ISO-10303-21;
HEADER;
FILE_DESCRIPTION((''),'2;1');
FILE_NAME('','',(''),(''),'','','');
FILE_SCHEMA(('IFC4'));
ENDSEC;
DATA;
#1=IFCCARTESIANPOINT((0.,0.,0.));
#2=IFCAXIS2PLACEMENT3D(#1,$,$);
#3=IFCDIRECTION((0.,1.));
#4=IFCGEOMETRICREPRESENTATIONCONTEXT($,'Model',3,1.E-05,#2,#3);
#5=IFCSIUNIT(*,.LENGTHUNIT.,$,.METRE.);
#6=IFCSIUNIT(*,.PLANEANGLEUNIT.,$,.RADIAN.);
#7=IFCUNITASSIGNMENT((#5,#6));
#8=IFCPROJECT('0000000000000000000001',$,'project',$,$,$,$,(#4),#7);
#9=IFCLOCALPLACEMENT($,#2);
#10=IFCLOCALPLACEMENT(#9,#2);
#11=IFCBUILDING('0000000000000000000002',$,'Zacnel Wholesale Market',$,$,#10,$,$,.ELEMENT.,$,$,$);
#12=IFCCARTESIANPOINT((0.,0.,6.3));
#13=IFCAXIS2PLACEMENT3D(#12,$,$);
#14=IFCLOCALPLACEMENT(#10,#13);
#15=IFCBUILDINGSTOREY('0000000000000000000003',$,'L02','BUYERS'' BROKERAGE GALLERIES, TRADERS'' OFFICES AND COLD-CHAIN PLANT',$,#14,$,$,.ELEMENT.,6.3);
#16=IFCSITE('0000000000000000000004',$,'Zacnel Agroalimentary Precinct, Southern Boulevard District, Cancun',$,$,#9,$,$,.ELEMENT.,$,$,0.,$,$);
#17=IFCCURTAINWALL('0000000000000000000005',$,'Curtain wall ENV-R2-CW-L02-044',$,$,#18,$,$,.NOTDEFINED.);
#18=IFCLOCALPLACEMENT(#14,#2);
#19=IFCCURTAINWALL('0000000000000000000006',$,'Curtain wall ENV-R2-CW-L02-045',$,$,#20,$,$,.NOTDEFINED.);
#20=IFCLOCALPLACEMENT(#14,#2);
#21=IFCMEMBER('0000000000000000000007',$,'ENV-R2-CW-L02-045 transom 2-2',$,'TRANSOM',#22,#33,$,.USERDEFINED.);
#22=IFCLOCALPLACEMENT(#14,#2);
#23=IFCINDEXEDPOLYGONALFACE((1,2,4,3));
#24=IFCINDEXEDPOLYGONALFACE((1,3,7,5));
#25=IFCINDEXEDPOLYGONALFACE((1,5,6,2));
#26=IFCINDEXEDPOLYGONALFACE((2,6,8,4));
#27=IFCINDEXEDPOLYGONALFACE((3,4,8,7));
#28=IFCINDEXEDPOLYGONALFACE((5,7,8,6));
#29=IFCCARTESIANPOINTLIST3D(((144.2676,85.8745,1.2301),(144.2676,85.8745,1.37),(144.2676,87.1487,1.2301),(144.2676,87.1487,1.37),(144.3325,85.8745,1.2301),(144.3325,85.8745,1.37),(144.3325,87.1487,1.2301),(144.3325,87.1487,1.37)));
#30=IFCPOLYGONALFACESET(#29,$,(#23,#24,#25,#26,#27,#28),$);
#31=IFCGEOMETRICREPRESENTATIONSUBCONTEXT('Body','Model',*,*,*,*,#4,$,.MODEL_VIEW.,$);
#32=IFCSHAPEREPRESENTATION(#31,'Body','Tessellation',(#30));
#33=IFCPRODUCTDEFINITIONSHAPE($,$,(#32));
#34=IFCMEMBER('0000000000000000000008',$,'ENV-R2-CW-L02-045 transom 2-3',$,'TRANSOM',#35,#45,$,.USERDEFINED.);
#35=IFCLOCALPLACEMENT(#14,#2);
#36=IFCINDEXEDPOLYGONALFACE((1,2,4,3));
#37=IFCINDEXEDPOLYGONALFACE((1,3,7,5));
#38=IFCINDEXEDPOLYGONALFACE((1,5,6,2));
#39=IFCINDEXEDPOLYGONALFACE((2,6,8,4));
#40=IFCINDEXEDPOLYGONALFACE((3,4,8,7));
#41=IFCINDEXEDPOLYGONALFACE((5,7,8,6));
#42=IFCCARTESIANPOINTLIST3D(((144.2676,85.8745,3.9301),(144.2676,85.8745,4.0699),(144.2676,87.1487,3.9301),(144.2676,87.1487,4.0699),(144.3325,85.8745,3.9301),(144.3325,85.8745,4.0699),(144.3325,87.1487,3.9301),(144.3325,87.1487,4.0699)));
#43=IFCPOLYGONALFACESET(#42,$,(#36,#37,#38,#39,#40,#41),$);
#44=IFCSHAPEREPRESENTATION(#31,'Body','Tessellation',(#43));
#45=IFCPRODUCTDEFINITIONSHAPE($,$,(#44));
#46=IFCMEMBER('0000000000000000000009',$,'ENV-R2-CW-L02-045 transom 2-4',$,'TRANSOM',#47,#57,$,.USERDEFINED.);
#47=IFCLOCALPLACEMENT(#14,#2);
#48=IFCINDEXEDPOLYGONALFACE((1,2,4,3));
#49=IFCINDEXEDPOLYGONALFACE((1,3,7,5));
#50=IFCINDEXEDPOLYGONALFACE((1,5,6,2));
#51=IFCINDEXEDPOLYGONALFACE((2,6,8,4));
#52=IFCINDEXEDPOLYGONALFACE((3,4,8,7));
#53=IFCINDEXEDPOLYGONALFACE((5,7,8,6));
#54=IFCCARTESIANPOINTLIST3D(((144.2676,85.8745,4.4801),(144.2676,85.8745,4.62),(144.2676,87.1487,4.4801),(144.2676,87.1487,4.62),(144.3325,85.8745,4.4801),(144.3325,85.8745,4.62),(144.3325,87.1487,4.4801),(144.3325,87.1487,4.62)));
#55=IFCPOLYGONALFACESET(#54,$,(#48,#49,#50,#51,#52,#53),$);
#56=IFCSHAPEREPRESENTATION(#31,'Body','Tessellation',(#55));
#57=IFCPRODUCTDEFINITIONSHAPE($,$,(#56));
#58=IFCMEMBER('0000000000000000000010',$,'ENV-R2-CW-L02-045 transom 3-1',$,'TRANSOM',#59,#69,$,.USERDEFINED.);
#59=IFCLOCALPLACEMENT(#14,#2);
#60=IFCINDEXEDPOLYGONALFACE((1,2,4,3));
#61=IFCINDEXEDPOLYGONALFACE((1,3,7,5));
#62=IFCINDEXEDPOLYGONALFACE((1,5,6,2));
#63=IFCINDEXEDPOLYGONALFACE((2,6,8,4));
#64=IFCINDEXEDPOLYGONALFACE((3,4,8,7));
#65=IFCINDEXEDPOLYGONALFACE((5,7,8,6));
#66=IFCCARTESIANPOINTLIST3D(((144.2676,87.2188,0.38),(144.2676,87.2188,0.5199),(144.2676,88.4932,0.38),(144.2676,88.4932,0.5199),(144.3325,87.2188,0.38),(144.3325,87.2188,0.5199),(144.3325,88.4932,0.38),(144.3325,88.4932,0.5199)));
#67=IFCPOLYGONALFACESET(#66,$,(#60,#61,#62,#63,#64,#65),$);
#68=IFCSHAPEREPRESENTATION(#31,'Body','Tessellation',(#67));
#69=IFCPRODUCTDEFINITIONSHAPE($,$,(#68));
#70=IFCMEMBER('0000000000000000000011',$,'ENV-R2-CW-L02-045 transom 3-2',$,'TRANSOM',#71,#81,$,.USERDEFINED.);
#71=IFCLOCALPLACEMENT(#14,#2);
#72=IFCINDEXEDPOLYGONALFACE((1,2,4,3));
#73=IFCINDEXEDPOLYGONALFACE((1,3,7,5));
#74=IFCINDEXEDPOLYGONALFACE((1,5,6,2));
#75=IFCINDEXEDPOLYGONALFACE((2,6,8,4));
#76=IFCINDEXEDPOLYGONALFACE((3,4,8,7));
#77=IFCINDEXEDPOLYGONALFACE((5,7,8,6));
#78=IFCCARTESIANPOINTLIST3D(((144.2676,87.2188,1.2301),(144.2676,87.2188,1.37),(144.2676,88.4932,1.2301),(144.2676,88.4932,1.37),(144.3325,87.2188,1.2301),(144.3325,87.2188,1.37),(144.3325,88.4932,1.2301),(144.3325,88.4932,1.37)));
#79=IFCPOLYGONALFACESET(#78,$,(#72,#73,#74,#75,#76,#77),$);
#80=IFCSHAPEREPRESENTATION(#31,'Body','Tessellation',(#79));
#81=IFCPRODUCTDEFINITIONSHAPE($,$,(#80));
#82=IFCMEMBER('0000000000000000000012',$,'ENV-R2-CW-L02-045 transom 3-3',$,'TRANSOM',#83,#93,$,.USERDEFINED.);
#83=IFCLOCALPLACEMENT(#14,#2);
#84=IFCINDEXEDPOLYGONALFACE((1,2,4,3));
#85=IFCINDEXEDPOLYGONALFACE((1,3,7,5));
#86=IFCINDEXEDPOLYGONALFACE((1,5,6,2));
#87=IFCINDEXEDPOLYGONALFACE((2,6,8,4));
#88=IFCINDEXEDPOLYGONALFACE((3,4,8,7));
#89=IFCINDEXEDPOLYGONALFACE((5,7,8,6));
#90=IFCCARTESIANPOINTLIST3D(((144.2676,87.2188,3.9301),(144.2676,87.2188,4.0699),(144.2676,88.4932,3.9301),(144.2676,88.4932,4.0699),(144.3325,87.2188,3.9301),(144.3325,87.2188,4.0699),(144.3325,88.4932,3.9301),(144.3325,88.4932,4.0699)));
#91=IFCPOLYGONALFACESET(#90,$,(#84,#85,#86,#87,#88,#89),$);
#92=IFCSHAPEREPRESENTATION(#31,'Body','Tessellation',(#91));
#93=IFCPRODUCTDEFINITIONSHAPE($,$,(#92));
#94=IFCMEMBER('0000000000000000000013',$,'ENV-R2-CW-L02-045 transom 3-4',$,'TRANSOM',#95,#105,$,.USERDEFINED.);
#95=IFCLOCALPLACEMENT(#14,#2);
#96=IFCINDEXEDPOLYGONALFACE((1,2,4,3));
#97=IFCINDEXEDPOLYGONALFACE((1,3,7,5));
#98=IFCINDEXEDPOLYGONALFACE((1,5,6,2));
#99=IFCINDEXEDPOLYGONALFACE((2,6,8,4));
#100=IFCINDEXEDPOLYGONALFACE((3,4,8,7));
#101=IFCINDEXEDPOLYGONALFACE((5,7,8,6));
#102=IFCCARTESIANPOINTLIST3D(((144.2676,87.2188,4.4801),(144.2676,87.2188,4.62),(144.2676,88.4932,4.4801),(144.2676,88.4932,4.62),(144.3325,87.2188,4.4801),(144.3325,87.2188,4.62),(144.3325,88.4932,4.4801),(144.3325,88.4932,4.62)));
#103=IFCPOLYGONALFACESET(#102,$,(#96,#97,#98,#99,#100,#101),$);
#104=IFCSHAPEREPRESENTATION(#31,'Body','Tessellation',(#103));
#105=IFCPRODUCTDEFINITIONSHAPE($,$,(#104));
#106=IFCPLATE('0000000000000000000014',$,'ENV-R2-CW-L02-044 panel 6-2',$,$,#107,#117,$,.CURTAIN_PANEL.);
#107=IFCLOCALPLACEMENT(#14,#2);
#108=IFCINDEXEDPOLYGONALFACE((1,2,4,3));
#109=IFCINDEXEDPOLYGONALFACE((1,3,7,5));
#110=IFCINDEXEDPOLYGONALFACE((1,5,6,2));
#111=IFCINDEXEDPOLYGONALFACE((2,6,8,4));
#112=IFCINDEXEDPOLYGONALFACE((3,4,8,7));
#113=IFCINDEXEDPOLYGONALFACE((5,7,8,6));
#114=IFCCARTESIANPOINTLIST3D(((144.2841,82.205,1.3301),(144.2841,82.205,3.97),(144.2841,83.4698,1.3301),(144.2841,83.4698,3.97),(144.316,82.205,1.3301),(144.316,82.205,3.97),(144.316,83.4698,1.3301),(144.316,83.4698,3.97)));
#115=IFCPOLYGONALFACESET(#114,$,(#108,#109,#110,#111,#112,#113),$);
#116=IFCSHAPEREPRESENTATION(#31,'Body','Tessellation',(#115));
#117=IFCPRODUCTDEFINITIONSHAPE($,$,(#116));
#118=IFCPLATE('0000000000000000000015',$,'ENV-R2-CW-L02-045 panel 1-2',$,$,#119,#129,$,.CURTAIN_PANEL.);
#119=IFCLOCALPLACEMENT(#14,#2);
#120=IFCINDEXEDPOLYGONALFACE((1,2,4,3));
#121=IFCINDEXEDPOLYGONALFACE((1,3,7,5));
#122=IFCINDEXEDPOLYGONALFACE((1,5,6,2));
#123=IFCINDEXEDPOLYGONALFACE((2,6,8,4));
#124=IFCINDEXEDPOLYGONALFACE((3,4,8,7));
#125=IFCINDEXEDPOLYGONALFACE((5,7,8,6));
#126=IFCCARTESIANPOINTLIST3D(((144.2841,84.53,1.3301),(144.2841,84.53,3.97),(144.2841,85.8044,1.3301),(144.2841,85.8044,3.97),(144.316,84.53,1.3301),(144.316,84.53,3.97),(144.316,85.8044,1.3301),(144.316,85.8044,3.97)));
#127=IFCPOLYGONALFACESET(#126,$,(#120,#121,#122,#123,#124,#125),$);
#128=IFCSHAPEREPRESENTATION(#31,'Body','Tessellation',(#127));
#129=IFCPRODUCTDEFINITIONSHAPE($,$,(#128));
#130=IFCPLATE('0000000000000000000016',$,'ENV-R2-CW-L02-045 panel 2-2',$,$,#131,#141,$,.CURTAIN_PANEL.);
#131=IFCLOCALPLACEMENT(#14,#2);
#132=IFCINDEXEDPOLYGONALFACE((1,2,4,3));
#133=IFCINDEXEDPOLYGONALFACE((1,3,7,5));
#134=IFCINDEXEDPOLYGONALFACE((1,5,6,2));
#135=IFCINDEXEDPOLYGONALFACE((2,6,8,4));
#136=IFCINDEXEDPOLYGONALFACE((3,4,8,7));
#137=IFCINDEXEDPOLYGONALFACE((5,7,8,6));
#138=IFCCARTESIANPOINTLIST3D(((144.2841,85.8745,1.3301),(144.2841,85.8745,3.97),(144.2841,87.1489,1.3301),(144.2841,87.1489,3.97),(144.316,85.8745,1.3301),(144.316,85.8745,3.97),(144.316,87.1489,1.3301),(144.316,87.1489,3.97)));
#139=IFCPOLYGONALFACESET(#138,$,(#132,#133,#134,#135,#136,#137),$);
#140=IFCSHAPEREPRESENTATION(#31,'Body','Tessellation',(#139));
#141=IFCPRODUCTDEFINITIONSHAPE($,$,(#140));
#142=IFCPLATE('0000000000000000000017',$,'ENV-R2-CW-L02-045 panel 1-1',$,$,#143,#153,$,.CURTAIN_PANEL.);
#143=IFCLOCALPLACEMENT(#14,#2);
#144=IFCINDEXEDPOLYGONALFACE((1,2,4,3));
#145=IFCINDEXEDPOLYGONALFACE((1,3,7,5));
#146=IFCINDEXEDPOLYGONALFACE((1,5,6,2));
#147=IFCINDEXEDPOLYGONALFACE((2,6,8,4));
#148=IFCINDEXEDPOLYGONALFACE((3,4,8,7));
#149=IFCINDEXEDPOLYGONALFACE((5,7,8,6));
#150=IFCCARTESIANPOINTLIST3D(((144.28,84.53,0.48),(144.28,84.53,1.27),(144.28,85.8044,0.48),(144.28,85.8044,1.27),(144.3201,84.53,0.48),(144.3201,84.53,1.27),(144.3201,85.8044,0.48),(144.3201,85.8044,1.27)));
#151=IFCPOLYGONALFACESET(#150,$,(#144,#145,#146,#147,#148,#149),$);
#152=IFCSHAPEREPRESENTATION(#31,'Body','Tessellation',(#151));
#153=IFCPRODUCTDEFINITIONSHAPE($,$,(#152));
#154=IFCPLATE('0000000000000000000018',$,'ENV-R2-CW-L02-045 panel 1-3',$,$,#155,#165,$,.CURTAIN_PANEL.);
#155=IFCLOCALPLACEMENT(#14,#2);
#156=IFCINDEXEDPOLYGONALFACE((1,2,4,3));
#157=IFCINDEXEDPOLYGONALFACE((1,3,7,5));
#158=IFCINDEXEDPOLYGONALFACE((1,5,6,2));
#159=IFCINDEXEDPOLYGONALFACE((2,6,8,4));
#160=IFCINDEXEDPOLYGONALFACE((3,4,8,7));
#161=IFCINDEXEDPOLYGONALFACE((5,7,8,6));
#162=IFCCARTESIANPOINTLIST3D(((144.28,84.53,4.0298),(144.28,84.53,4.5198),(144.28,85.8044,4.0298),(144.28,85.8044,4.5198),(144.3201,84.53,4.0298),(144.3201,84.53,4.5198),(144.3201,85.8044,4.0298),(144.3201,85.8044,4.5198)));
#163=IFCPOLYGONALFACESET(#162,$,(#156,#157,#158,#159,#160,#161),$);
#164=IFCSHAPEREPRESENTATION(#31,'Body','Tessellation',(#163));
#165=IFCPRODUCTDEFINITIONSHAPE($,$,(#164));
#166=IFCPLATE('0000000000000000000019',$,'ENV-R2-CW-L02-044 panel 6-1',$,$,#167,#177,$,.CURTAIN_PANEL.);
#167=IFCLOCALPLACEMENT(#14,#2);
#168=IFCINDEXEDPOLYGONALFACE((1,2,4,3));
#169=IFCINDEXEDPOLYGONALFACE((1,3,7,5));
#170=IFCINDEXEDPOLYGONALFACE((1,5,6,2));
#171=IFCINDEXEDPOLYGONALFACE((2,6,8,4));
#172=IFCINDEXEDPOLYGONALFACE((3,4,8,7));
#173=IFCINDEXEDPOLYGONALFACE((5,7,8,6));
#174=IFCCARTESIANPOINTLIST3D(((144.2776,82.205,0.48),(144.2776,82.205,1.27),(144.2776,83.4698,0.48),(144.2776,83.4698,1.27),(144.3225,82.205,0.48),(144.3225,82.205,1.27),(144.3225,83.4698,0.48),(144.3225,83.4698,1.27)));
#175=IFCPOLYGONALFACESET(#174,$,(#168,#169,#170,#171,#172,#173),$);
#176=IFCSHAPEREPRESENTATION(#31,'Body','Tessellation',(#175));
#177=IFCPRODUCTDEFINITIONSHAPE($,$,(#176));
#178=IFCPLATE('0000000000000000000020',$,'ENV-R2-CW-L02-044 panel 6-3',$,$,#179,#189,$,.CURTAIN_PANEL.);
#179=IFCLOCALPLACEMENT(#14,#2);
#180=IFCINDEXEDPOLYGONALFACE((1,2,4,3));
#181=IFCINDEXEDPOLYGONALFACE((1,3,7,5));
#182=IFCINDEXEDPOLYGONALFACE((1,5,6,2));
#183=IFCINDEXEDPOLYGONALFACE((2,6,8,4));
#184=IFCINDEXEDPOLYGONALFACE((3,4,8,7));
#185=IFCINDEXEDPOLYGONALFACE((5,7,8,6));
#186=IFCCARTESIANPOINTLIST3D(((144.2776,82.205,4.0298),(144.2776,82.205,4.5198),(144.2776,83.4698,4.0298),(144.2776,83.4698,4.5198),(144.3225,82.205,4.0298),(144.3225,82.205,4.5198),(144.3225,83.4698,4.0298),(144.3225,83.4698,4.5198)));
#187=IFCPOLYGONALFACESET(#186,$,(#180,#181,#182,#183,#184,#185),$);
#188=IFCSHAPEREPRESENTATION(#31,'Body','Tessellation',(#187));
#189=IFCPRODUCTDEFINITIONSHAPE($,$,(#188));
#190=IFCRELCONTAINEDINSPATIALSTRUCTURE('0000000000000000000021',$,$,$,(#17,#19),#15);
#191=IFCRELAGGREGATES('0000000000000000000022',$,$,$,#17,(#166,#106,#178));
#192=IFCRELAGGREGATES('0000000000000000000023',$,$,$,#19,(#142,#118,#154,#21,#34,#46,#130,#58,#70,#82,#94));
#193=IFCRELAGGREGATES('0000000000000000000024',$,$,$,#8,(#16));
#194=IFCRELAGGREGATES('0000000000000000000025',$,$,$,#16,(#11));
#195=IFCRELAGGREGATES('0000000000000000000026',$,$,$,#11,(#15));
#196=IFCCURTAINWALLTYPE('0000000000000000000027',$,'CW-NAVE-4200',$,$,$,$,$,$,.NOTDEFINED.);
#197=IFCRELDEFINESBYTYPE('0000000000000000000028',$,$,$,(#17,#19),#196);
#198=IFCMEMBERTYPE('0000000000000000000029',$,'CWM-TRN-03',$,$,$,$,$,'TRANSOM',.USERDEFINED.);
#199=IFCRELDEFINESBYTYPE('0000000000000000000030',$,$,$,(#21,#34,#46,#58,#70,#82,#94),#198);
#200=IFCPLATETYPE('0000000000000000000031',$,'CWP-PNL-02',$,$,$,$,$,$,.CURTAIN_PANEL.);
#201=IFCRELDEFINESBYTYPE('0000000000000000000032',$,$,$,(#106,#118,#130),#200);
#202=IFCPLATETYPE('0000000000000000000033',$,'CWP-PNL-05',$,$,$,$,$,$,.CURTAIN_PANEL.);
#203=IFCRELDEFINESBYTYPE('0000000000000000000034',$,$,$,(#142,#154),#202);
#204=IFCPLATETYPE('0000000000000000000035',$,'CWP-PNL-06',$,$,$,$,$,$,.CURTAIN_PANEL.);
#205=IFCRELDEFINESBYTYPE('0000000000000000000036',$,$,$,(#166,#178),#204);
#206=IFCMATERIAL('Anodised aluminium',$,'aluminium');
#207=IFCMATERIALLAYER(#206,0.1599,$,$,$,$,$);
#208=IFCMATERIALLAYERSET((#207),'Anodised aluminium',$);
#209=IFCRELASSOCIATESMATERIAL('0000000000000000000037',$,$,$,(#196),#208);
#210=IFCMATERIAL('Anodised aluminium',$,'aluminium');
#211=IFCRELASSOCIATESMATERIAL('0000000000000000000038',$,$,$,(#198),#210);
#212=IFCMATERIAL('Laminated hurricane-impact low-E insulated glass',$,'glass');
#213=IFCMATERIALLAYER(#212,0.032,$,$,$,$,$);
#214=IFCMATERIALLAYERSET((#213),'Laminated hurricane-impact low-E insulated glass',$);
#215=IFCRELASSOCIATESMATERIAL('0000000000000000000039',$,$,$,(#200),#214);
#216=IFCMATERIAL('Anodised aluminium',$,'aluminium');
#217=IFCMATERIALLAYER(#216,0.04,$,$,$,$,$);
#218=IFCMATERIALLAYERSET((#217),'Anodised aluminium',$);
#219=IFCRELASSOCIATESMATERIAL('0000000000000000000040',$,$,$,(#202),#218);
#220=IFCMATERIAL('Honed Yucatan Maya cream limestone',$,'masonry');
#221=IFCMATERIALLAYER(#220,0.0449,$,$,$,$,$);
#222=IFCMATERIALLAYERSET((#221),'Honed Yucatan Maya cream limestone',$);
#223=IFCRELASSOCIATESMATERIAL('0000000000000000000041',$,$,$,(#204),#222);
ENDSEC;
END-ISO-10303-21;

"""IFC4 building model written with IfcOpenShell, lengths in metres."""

from ifc_helpers import new_model, si_unit, direction, frame, origin, origin_2d, place, context, subcontext, project, spatial, rectangle, extrude, material, layer, layer_set, material_profile, profile_set, type_object, element, aggregate, save


model = new_model("IFC4")

# Units and contexts
model_context = context("Model", 3, precision=1e-05, world=origin(), true_north=direction((0.0, 1.0)))
body_context = subcontext(model_context, "Body", "Model", "MODEL_VIEW")
ifc_project = project(units=[si_unit("LENGTHUNIT", "METRE"), si_unit("PLANEANGLEUNIT", "RADIAN")], contexts=[model_context])

# Site, building, storey
site_placement = place(None, origin())
site = spatial("IfcSite", under=ifc_project, at=site_placement, Name="Zacnel Agroalimentary Precinct, Southern Boulevard District, Cancun", CompositionType="ELEMENT", RefElevation=0.0)
building_placement = place(site_placement, origin())
building = spatial("IfcBuilding", under=site, at=building_placement, Name="Zacnel Wholesale Market", CompositionType="ELEMENT")
storey_placement = place(building_placement, frame((0.0, 0.0, 6.3)))
storey = spatial("IfcBuildingStorey", under=building, at=storey_placement, Name="L02", Description="BUYERS' BROKERAGE GALLERIES, TRADERS' OFFICES AND COLD-CHAIN PLANT", CompositionType="ELEMENT", Elevation=6.3)

# Curtain wall
ifc_material_1 = material(Name="Anodised aluminium", Category="aluminium")
ifc_layer_1 = layer(ifc_material_1, 0.1599)
ifc_layer_set_1 = layer_set([ifc_layer_1], Name="Anodised aluminium")
curtain_wall_type = type_object("IfcCurtainWallType", Name="CW-NAVE-4200", PredefinedType="NOTDEFINED", material=ifc_layer_set_1)
curtain_wall_1_placement = place(storey_placement, origin())
curtain_wall_1 = element("IfcCurtainWall", 1, at=curtain_wall_1_placement, inside=storey, type_object=curtain_wall_type, Name="Curtain wall ENV-R2-CW-L02-044", PredefinedType="NOTDEFINED")

# Curtain wall
curtain_wall_2_placement = place(storey_placement, origin())
curtain_wall_2 = element("IfcCurtainWall", 2, at=curtain_wall_2_placement, inside=storey, type_object=curtain_wall_type, Name="Curtain wall ENV-R2-CW-L02-045", PredefinedType="NOTDEFINED")

# Members
ifc_material_2 = material(Name="Anodised aluminium", Category="aluminium")
ifc_material_profile_1 = material_profile(ifc_material_2, rectangle(XDim=0.0649, YDim=0.1399, at=origin_2d()), Name="AW-TRANSOM 65x140")
ifc_profile_set_1 = profile_set([ifc_material_profile_1], Name="Anodised aluminium")
member_type_1 = type_object("IfcMemberType", Name="CWM-TRN-03", ElementType="TRANSOM", PredefinedType="USERDEFINED", material=ifc_profile_set_1)
member_1_placement = place(storey_placement, frame((144.3, 85.8745, 1.3), z_axis=(0.0, 1.0, 0.0), x_axis=(-1.0, 0.0, 0.0)))
member_1 = element("IfcMember", 3, at=member_1_placement, type_object=member_type_1, Name="ENV-R2-CW-L02-045 transom 2-2", ObjectType="TRANSOM", PredefinedType="USERDEFINED", context=body_context, shape_type="SweptSolid", body=[
    extrude(rectangle(XDim=0.0649, YDim=0.1399, at=origin_2d()), origin(), (0.0, 0.0, 1.0), 1.2742),
])
member_2_placement = place(storey_placement, frame((144.3, 85.8745, 4.0), z_axis=(0.0, 1.0, 0.0), x_axis=(-1.0, 0.0, 0.0)))
member_2 = element("IfcMember", 4, at=member_2_placement, type_object=member_type_1, Name="ENV-R2-CW-L02-045 transom 2-3", ObjectType="TRANSOM", PredefinedType="USERDEFINED", context=body_context, shape_type="SweptSolid", body=[
    extrude(rectangle(XDim=0.0649, YDim=0.1399, at=origin_2d()), origin(), (0.0, 0.0, 1.0), 1.2742),
])
member_3_placement = place(storey_placement, frame((144.3, 85.8745, 4.55), z_axis=(0.0, 1.0, 0.0), x_axis=(-1.0, 0.0, 0.0)))
member_3 = element("IfcMember", 5, at=member_3_placement, type_object=member_type_1, Name="ENV-R2-CW-L02-045 transom 2-4", ObjectType="TRANSOM", PredefinedType="USERDEFINED", context=body_context, shape_type="SweptSolid", body=[
    extrude(rectangle(XDim=0.0649, YDim=0.1399, at=origin_2d()), origin(), (0.0, 0.0, 1.0), 1.2742),
])
member_4_placement = place(storey_placement, frame((144.3, 87.2188, 0.45), z_axis=(0.0, 1.0, 0.0), x_axis=(-1.0, 0.0, 0.0)))
member_4 = element("IfcMember", 6, at=member_4_placement, type_object=member_type_1, Name="ENV-R2-CW-L02-045 transom 3-1", ObjectType="TRANSOM", PredefinedType="USERDEFINED", context=body_context, shape_type="SweptSolid", body=[
    extrude(rectangle(XDim=0.0649, YDim=0.1399, at=origin_2d()), origin(), (0.0, 0.0, 1.0), 1.2744),
])
member_5_placement = place(storey_placement, frame((144.3, 87.2188, 1.3), z_axis=(0.0, 1.0, 0.0), x_axis=(-1.0, 0.0, 0.0)))
member_5 = element("IfcMember", 7, at=member_5_placement, type_object=member_type_1, Name="ENV-R2-CW-L02-045 transom 3-2", ObjectType="TRANSOM", PredefinedType="USERDEFINED", context=body_context, shape_type="SweptSolid", body=[
    extrude(rectangle(XDim=0.0649, YDim=0.1399, at=origin_2d()), origin(), (0.0, 0.0, 1.0), 1.2744),
])
member_6_placement = place(storey_placement, frame((144.3, 87.2188, 4.0), z_axis=(0.0, 1.0, 0.0), x_axis=(-1.0, 0.0, 0.0)))
member_6 = element("IfcMember", 8, at=member_6_placement, type_object=member_type_1, Name="ENV-R2-CW-L02-045 transom 3-3", ObjectType="TRANSOM", PredefinedType="USERDEFINED", context=body_context, shape_type="SweptSolid", body=[
    extrude(rectangle(XDim=0.0649, YDim=0.1399, at=origin_2d()), origin(), (0.0, 0.0, 1.0), 1.2744),
])
member_7_placement = place(storey_placement, frame((144.3, 87.2188, 4.55), z_axis=(0.0, 1.0, 0.0), x_axis=(-1.0, 0.0, 0.0)))
member_7 = element("IfcMember", 9, at=member_7_placement, type_object=member_type_1, Name="ENV-R2-CW-L02-045 transom 3-4", ObjectType="TRANSOM", PredefinedType="USERDEFINED", context=body_context, shape_type="SweptSolid", body=[
    extrude(rectangle(XDim=0.0649, YDim=0.1399, at=origin_2d()), origin(), (0.0, 0.0, 1.0), 1.2744),
])

# Plates
ifc_material_3 = material(Name="Laminated hurricane-impact low-E insulated glass", Category="glass")
ifc_layer_2 = layer(ifc_material_3, 0.032)
ifc_layer_set_2 = layer_set([ifc_layer_2], Name="Laminated hurricane-impact low-E insulated glass")
plate_type_1 = type_object("IfcPlateType", Name="CWP-PNL-02", PredefinedType="CURTAIN_PANEL", material=ifc_layer_set_2)
plate_1_placement = place(storey_placement, frame((144.3, 82.8374, 1.3301), z_axis=(0.0, 0.0, 1.0), x_axis=(0.0, 1.0, 0.0)))
plate_1 = element("IfcPlate", 10, at=plate_1_placement, type_object=plate_type_1, Name="ENV-R2-CW-L02-044 panel 6-2", PredefinedType="CURTAIN_PANEL", context=body_context, shape_type="SweptSolid", body=[
    extrude(rectangle(XDim=1.2649, YDim=0.032, at=origin_2d()), origin(), (0.0, 0.0, 1.0), 2.6399),
])
plate_2_placement = place(storey_placement, frame((144.3, 85.1672, 1.3301), z_axis=(0.0, 0.0, 1.0), x_axis=(0.0, 1.0, 0.0)))
plate_2 = element("IfcPlate", 11, at=plate_2_placement, type_object=plate_type_1, Name="ENV-R2-CW-L02-045 panel 1-2", PredefinedType="CURTAIN_PANEL", context=body_context, shape_type="SweptSolid", body=[
    extrude(rectangle(XDim=1.2744, YDim=0.032, at=origin_2d()), origin(), (0.0, 0.0, 1.0), 2.6399),
])
plate_3_placement = place(storey_placement, frame((144.3, 86.5117, 1.3301), z_axis=(0.0, 0.0, 1.0), x_axis=(0.0, 1.0, 0.0)))
plate_3 = element("IfcPlate", 12, at=plate_3_placement, type_object=plate_type_1, Name="ENV-R2-CW-L02-045 panel 2-2", PredefinedType="CURTAIN_PANEL", context=body_context, shape_type="SweptSolid", body=[
    extrude(rectangle(XDim=1.2744, YDim=0.032, at=origin_2d()), origin(), (0.0, 0.0, 1.0), 2.6399),
])
ifc_material_4 = material(Name="Anodised aluminium", Category="aluminium")
ifc_layer_3 = layer(ifc_material_4, 0.04)
ifc_layer_set_3 = layer_set([ifc_layer_3], Name="Anodised aluminium")
plate_type_2 = type_object("IfcPlateType", Name="CWP-PNL-05", PredefinedType="CURTAIN_PANEL", material=ifc_layer_set_3)
plate_4_placement = place(storey_placement, frame((144.3, 85.1672, 0.48), z_axis=(0.0, 0.0, 1.0), x_axis=(0.0, 1.0, 0.0)))
plate_4 = element("IfcPlate", 13, at=plate_4_placement, type_object=plate_type_2, Name="ENV-R2-CW-L02-045 panel 1-1", PredefinedType="CURTAIN_PANEL", context=body_context, shape_type="SweptSolid", body=[
    extrude(rectangle(XDim=1.2744, YDim=0.04, at=origin_2d()), origin(), (0.0, 0.0, 1.0), 0.79),
])
plate_5_placement = place(storey_placement, frame((144.3, 85.1672, 4.0298), z_axis=(0.0, 0.0, 1.0), x_axis=(0.0, 1.0, 0.0)))
plate_5 = element("IfcPlate", 14, at=plate_5_placement, type_object=plate_type_2, Name="ENV-R2-CW-L02-045 panel 1-3", PredefinedType="CURTAIN_PANEL", context=body_context, shape_type="SweptSolid", body=[
    extrude(rectangle(XDim=1.2744, YDim=0.04, at=origin_2d()), origin(), (0.0, 0.0, 1.0), 0.49),
])
ifc_material_5 = material(Name="Honed Yucatan Maya cream limestone", Category="masonry")
ifc_layer_4 = layer(ifc_material_5, 0.0449)
ifc_layer_set_4 = layer_set([ifc_layer_4], Name="Honed Yucatan Maya cream limestone")
plate_type_3 = type_object("IfcPlateType", Name="CWP-PNL-06", PredefinedType="CURTAIN_PANEL", material=ifc_layer_set_4)
plate_6_placement = place(storey_placement, frame((144.3, 82.8374, 0.48), z_axis=(0.0, 0.0, 1.0), x_axis=(0.0, 1.0, 0.0)))
plate_6 = element("IfcPlate", 15, at=plate_6_placement, type_object=plate_type_3, Name="ENV-R2-CW-L02-044 panel 6-1", PredefinedType="CURTAIN_PANEL", context=body_context, shape_type="SweptSolid", body=[
    extrude(rectangle(XDim=1.2649, YDim=0.0449, at=origin_2d()), origin(), (0.0, 0.0, 1.0), 0.79),
])
plate_7_placement = place(storey_placement, frame((144.3, 82.8374, 4.0298), z_axis=(0.0, 0.0, 1.0), x_axis=(0.0, 1.0, 0.0)))
plate_7 = element("IfcPlate", 16, at=plate_7_placement, type_object=plate_type_3, Name="ENV-R2-CW-L02-044 panel 6-3", PredefinedType="CURTAIN_PANEL", context=body_context, shape_type="SweptSolid", body=[
    extrude(rectangle(XDim=1.2649, YDim=0.0449, at=origin_2d()), origin(), (0.0, 0.0, 1.0), 0.49),
])
aggregate(curtain_wall_1, [plate_6, plate_1, plate_7])
aggregate(curtain_wall_2, [plate_4, plate_2, plate_5, member_1, member_2, member_3, plate_3, member_4, member_5, member_6, member_7])

save(model, "model.ifc")
